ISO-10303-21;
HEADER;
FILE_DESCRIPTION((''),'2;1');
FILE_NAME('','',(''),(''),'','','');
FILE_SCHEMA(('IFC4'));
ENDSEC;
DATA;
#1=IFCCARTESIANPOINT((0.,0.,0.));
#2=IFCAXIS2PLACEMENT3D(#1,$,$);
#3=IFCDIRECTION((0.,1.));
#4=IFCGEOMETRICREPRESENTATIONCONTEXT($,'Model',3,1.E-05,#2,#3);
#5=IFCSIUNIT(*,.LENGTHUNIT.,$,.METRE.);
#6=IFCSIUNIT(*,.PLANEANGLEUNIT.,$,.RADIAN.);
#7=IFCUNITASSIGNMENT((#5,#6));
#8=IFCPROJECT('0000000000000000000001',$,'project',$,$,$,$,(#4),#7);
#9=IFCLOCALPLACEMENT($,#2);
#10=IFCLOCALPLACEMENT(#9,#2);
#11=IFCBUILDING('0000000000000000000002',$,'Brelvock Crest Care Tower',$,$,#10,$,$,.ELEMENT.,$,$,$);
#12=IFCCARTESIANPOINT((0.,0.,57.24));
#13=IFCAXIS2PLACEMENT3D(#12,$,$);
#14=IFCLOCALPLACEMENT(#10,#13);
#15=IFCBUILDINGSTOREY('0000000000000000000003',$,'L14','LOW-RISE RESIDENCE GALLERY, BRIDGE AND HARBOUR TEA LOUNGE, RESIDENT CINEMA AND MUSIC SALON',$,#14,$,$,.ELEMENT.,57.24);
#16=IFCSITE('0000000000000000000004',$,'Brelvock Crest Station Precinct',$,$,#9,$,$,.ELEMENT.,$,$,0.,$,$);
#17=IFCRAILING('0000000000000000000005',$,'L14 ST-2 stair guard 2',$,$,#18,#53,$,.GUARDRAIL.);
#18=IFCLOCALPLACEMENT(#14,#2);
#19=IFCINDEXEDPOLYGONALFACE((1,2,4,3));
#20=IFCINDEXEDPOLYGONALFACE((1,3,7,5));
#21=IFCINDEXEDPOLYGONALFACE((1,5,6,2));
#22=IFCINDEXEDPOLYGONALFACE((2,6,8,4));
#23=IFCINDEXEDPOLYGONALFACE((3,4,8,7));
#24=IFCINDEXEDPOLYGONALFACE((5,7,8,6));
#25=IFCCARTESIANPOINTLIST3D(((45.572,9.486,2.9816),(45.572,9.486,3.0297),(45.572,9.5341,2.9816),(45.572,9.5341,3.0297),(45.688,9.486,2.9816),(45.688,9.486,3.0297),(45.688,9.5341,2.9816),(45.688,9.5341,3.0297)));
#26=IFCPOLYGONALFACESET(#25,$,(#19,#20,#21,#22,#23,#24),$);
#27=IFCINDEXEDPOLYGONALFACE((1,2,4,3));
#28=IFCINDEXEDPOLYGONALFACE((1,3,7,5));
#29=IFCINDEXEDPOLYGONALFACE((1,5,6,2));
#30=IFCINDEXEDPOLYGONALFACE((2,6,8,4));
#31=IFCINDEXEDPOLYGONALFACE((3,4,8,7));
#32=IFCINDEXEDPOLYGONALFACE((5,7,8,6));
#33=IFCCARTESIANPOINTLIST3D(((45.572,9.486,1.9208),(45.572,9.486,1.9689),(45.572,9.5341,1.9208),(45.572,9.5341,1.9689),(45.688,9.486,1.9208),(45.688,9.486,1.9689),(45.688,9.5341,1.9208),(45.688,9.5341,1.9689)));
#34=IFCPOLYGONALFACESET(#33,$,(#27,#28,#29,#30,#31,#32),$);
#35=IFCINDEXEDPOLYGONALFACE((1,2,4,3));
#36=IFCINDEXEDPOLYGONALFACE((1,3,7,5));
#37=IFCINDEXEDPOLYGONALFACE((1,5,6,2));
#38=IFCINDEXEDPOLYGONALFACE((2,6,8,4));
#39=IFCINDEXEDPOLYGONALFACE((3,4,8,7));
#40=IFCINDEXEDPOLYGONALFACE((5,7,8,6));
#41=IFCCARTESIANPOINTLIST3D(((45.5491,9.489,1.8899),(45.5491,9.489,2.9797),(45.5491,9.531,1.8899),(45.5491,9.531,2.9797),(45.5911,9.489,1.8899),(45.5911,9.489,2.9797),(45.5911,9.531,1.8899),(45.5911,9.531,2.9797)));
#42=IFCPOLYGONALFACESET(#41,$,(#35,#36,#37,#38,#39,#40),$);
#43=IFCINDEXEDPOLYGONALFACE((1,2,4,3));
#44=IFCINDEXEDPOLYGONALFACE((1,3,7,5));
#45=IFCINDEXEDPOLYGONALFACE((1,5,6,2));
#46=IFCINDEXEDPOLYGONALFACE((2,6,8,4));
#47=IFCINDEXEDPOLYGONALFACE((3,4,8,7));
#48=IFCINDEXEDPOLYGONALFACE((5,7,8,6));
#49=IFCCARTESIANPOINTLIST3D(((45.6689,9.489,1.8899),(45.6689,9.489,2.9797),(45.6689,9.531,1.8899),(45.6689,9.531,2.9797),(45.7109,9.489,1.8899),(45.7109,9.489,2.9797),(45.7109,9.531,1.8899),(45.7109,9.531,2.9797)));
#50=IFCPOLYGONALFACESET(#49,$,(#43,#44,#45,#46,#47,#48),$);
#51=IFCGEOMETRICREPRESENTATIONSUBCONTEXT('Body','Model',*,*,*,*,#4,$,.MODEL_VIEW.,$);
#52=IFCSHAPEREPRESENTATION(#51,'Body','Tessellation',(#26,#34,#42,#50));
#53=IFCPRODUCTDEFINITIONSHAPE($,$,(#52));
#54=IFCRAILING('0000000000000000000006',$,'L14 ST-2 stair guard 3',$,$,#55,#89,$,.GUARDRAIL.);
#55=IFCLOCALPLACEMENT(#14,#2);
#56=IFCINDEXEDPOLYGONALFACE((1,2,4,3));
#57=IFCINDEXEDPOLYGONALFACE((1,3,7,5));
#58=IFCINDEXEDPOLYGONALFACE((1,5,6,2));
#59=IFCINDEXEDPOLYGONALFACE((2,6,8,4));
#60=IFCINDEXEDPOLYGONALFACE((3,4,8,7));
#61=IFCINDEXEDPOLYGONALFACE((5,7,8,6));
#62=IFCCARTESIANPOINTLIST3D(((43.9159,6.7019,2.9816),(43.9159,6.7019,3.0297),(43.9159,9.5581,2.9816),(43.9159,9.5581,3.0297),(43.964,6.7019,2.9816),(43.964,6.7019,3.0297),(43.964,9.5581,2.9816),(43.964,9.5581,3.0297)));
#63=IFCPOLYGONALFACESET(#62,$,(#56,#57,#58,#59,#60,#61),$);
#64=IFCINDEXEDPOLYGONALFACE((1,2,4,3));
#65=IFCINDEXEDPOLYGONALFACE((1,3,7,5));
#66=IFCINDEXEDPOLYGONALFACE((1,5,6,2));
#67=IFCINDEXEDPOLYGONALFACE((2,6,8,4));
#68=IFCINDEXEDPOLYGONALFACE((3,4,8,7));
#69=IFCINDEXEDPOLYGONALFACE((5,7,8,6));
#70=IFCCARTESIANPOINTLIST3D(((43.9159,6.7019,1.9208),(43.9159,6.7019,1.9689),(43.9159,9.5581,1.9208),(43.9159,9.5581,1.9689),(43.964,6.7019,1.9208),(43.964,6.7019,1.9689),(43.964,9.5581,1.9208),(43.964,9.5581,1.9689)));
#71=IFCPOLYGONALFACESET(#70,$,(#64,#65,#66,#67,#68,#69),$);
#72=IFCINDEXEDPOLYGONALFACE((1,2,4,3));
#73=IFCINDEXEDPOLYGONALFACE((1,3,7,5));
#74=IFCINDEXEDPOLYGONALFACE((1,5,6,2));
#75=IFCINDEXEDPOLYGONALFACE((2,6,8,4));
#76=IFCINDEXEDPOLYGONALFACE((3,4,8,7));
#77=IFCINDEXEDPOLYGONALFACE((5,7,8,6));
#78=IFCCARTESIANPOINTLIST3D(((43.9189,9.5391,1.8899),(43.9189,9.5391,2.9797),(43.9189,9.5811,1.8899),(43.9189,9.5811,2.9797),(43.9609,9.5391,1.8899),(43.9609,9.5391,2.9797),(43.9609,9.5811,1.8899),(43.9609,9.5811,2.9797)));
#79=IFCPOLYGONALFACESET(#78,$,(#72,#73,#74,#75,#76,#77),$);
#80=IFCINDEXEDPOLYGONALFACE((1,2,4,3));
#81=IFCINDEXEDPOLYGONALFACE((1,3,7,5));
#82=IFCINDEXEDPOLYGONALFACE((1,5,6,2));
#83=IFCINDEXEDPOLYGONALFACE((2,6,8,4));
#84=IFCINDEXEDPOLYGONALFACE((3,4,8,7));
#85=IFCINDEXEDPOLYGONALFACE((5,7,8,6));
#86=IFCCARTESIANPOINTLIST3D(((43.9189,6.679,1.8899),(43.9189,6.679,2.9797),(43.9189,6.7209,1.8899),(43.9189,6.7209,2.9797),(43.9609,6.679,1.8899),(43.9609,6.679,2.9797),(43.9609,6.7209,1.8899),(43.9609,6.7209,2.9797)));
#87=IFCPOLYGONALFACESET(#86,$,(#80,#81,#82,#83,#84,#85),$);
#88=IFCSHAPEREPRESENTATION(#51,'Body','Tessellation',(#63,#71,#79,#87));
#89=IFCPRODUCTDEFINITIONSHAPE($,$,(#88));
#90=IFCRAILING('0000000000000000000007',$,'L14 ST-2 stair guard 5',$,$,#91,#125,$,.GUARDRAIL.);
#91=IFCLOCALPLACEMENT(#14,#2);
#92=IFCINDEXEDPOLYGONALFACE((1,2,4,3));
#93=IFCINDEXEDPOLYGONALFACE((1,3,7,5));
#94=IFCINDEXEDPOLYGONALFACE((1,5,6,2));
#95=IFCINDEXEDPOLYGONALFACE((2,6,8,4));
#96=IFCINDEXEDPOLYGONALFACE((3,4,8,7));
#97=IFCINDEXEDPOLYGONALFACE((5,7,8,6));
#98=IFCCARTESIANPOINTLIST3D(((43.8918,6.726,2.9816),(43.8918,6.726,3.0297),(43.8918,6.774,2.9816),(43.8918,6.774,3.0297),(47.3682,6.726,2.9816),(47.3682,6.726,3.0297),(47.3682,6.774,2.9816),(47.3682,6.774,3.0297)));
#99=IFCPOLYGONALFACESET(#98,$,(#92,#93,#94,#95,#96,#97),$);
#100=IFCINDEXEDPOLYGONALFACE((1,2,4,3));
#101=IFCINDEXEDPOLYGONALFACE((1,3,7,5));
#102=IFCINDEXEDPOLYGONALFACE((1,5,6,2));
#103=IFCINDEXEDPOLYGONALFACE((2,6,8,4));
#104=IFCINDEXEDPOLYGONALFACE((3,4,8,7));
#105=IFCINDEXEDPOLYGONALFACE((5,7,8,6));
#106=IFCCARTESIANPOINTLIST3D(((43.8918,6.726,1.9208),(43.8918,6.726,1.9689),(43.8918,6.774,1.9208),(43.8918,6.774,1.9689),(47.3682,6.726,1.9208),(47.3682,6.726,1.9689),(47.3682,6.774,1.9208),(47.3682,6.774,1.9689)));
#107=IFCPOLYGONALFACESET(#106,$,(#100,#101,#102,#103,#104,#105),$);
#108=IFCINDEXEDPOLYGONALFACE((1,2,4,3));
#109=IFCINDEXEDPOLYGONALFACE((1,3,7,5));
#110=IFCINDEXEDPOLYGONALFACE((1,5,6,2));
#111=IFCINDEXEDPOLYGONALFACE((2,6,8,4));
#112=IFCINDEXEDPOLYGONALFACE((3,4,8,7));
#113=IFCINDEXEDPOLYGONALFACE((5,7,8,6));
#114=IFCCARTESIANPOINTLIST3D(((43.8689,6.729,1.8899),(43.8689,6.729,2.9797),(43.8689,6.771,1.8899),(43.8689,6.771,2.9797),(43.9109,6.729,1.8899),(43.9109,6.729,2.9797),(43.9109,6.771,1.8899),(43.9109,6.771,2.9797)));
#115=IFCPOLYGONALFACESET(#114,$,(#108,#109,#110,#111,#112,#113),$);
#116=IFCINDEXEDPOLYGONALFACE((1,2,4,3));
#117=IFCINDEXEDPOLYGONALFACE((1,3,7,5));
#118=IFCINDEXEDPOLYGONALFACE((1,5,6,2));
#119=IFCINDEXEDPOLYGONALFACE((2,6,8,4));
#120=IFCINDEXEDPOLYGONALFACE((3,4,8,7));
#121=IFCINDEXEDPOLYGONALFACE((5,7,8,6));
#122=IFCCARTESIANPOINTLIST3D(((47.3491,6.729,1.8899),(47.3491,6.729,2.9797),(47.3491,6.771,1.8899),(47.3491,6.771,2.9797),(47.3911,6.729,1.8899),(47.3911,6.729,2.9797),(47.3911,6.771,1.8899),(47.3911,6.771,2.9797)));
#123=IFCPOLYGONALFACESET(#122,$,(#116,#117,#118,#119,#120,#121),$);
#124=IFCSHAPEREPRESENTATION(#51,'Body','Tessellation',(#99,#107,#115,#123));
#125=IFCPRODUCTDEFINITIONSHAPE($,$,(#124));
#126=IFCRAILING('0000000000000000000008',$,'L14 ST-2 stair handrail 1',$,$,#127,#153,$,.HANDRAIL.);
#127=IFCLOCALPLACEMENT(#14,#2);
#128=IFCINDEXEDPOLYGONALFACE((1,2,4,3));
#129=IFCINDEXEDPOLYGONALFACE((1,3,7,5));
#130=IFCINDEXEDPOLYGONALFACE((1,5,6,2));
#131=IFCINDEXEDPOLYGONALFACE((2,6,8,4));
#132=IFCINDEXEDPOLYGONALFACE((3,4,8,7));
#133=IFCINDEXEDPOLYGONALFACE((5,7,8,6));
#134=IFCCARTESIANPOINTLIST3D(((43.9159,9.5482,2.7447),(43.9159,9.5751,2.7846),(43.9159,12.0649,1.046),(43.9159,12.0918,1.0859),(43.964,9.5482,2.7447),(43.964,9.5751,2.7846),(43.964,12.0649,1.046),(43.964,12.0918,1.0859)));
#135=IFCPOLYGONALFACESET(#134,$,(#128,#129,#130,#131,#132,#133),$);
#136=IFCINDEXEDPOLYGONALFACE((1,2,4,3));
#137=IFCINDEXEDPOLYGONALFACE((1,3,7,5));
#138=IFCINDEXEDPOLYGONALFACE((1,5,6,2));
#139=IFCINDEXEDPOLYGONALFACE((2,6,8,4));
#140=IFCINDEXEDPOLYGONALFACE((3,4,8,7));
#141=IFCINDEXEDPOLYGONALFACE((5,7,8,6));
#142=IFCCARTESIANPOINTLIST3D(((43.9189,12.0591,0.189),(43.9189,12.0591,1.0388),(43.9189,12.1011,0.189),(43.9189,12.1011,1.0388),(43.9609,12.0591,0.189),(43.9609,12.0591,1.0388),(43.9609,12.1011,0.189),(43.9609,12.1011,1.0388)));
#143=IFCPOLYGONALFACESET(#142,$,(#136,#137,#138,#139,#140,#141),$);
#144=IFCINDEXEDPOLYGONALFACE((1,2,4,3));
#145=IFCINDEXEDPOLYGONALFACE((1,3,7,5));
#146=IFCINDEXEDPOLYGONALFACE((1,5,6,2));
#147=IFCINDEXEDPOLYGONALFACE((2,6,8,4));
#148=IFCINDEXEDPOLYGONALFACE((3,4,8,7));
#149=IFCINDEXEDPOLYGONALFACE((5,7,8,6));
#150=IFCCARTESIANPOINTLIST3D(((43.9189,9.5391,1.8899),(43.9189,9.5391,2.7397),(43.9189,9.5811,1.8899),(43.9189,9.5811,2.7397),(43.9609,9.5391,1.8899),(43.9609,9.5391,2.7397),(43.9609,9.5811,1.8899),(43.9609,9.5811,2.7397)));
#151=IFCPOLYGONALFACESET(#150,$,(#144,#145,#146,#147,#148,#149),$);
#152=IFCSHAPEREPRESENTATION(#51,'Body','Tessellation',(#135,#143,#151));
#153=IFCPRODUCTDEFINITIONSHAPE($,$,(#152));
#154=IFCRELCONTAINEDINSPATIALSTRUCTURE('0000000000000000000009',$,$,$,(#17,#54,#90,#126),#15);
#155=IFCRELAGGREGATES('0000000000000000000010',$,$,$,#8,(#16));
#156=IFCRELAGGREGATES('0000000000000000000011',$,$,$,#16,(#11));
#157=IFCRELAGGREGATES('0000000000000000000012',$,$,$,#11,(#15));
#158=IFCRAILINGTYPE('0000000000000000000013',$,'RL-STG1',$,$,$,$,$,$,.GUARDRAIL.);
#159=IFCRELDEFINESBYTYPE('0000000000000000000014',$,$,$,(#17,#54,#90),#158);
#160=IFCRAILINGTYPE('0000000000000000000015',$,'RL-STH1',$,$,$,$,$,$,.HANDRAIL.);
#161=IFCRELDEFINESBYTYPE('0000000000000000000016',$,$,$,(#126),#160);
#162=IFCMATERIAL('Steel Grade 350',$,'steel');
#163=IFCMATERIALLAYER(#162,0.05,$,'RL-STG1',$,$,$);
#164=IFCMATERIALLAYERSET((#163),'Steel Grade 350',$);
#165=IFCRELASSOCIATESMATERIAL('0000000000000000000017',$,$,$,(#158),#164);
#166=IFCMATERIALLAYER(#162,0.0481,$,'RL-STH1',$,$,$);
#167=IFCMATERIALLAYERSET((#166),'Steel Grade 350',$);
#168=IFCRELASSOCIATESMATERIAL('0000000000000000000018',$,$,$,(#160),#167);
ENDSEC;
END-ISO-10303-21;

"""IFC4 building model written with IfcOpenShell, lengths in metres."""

from ifc_helpers import new_model, si_unit, direction, frame, origin, origin_2d, place, context, subcontext, project, spatial, rectangle, extrude, material, layer, layer_set, type_object, element, save


model = new_model("IFC4")

# Units and contexts
model_context = context("Model", 3, precision=1e-05, world=origin(), true_north=direction((0.0, 1.0)))
body_context = subcontext(model_context, "Body", "Model", "MODEL_VIEW")
ifc_project = project(units=[si_unit("LENGTHUNIT", "METRE"), si_unit("PLANEANGLEUNIT", "RADIAN")], contexts=[model_context])

# Site, building, storey
site_placement = place(None, origin())
site = spatial("IfcSite", under=ifc_project, at=site_placement, Name="Brelvock Crest Station Precinct", CompositionType="ELEMENT", RefElevation=0.0)
building_placement = place(site_placement, origin())
building = spatial("IfcBuilding", under=site, at=building_placement, Name="Brelvock Crest Care Tower", CompositionType="ELEMENT")
storey_placement = place(building_placement, frame((0.0, 0.0, 57.24)))
storey = spatial("IfcBuildingStorey", under=building, at=storey_placement, Name="L14", Description="LOW-RISE RESIDENCE GALLERY, BRIDGE AND HARBOUR TEA LOUNGE, RESIDENT CINEMA AND MUSIC SALON", CompositionType="ELEMENT", Elevation=57.24)

# Shared definitions
ifc_material_1 = material(Name="Steel Grade 350", Category="steel")

# Railings
ifc_layer_1 = layer(ifc_material_1, 0.05, Name="RL-STG1")
ifc_layer_set_1 = layer_set([ifc_layer_1], Name="Steel Grade 350")
railing_type_1 = type_object("IfcRailingType", Name="RL-STG1", PredefinedType="GUARDRAIL", material=ifc_layer_set_1)
railing_1_placement = place(storey_placement, frame((45.5701, 9.51, 1.8899)))
element("IfcRailing", 1, at=railing_1_placement, inside=storey, type_object=railing_type_1, Name="L14 ST-2 stair guard 2", PredefinedType="GUARDRAIL", context=body_context, shape_type="SweptSolid", body=[
    extrude(rectangle(XDim=0.0481, YDim=0.0481, at=origin_2d()), frame((0.002, 0.0, 1.1157), z_axis=(1.0, 0.0, 0.0), x_axis=(0.0, 1.0, 0.0)), (0.0, 0.0, 1.0), 0.116),
    extrude(rectangle(XDim=0.0481, YDim=0.0481, at=origin_2d()), frame((0.002, 0.0, 0.0549), z_axis=(1.0, 0.0, 0.0), x_axis=(0.0, 1.0, 0.0)), (0.0, 0.0, 1.0), 0.116),
    extrude(rectangle(XDim=0.042, YDim=0.042, at=origin_2d()), origin(), (0.0, 0.0, 1.0), 1.0898),
    extrude(rectangle(XDim=0.042, YDim=0.042, at=origin_2d()), frame((0.1199, 0.0, 0.0)), (0.0, 0.0, 1.0), 1.0898),
])
railing_2_placement = place(storey_placement, frame((43.9399, 9.5601, 1.8899)))
element("IfcRailing", 2, at=railing_2_placement, inside=storey, type_object=railing_type_1, Name="L14 ST-2 stair guard 3", PredefinedType="GUARDRAIL", context=body_context, shape_type="SweptSolid", body=[
    extrude(rectangle(XDim=0.0481, YDim=0.0481, at=origin_2d()), frame((0.0, -0.002, 1.1157), z_axis=(0.0, -1.0, 0.0), x_axis=(1.0, 0.0, 0.0)), (0.0, 0.0, 1.0), 2.8562),
    extrude(rectangle(XDim=0.0481, YDim=0.0481, at=origin_2d()), frame((0.0, -0.002, 0.0549), z_axis=(0.0, -1.0, 0.0), x_axis=(1.0, 0.0, 0.0)), (0.0, 0.0, 1.0), 2.8562),
    extrude(rectangle(XDim=0.042, YDim=0.042, at=origin_2d()), origin(), (0.0, 0.0, 1.0), 1.0898),
    extrude(rectangle(XDim=0.042, YDim=0.042, at=origin_2d()), frame((0.0, -2.8601, 0.0)), (0.0, 0.0, 1.0), 1.0898),
])
railing_3_placement = place(storey_placement, frame((43.8899, 6.75, 1.8899)))
element("IfcRailing", 3, at=railing_3_placement, inside=storey, type_object=railing_type_1, Name="L14 ST-2 stair guard 5", PredefinedType="GUARDRAIL", context=body_context, shape_type="SweptSolid", body=[
    extrude(rectangle(XDim=0.0481, YDim=0.0481, at=origin_2d()), frame((0.002, 0.0, 1.1157), z_axis=(1.0, 0.0, 0.0), x_axis=(0.0, 1.0, 0.0)), (0.0, 0.0, 1.0), 3.4763),
    extrude(rectangle(XDim=0.0481, YDim=0.0481, at=origin_2d()), frame((0.002, 0.0, 0.0549), z_axis=(1.0, 0.0, 0.0), x_axis=(0.0, 1.0, 0.0)), (0.0, 0.0, 1.0), 3.4763),
    extrude(rectangle(XDim=0.042, YDim=0.042, at=origin_2d()), origin(), (0.0, 0.0, 1.0), 1.0898),
    extrude(rectangle(XDim=0.042, YDim=0.042, at=origin_2d()), frame((3.4802, 0.0, 0.0)), (0.0, 0.0, 1.0), 1.0898),
])
ifc_layer_2 = layer(ifc_material_1, 0.0481, Name="RL-STH1")
ifc_layer_set_2 = layer_set([ifc_layer_2], Name="Steel Grade 350")
railing_type_2 = type_object("IfcRailingType", Name="RL-STH1", PredefinedType="HANDRAIL", material=ifc_layer_set_2)
railing_4_placement = place(storey_placement, frame((43.9399, 12.0801, 0.189)))
element("IfcRailing", 4, at=railing_4_placement, inside=storey, type_object=railing_type_2, Name="L14 ST-2 stair handrail 1", PredefinedType="HANDRAIL", context=body_context, shape_type="SweptSolid", body=[
    extrude(rectangle(XDim=0.0481, YDim=0.0481, at=origin_2d()), frame((0.0, -0.0017, 0.877), z_axis=(0.0, -0.828862, 0.559454), x_axis=(1.0, 0.0, 0.0)), (0.0, 0.0, 1.0), 3.0364),
    extrude(rectangle(XDim=0.042, YDim=0.042, at=origin_2d()), origin(), (0.0, 0.0, 1.0), 0.8499),
    extrude(rectangle(XDim=0.042, YDim=0.042, at=origin_2d()), frame((0.0, -2.52, 1.7009)), (0.0, 0.0, 1.0), 0.8499),
])

save(model, "model.ifc")
